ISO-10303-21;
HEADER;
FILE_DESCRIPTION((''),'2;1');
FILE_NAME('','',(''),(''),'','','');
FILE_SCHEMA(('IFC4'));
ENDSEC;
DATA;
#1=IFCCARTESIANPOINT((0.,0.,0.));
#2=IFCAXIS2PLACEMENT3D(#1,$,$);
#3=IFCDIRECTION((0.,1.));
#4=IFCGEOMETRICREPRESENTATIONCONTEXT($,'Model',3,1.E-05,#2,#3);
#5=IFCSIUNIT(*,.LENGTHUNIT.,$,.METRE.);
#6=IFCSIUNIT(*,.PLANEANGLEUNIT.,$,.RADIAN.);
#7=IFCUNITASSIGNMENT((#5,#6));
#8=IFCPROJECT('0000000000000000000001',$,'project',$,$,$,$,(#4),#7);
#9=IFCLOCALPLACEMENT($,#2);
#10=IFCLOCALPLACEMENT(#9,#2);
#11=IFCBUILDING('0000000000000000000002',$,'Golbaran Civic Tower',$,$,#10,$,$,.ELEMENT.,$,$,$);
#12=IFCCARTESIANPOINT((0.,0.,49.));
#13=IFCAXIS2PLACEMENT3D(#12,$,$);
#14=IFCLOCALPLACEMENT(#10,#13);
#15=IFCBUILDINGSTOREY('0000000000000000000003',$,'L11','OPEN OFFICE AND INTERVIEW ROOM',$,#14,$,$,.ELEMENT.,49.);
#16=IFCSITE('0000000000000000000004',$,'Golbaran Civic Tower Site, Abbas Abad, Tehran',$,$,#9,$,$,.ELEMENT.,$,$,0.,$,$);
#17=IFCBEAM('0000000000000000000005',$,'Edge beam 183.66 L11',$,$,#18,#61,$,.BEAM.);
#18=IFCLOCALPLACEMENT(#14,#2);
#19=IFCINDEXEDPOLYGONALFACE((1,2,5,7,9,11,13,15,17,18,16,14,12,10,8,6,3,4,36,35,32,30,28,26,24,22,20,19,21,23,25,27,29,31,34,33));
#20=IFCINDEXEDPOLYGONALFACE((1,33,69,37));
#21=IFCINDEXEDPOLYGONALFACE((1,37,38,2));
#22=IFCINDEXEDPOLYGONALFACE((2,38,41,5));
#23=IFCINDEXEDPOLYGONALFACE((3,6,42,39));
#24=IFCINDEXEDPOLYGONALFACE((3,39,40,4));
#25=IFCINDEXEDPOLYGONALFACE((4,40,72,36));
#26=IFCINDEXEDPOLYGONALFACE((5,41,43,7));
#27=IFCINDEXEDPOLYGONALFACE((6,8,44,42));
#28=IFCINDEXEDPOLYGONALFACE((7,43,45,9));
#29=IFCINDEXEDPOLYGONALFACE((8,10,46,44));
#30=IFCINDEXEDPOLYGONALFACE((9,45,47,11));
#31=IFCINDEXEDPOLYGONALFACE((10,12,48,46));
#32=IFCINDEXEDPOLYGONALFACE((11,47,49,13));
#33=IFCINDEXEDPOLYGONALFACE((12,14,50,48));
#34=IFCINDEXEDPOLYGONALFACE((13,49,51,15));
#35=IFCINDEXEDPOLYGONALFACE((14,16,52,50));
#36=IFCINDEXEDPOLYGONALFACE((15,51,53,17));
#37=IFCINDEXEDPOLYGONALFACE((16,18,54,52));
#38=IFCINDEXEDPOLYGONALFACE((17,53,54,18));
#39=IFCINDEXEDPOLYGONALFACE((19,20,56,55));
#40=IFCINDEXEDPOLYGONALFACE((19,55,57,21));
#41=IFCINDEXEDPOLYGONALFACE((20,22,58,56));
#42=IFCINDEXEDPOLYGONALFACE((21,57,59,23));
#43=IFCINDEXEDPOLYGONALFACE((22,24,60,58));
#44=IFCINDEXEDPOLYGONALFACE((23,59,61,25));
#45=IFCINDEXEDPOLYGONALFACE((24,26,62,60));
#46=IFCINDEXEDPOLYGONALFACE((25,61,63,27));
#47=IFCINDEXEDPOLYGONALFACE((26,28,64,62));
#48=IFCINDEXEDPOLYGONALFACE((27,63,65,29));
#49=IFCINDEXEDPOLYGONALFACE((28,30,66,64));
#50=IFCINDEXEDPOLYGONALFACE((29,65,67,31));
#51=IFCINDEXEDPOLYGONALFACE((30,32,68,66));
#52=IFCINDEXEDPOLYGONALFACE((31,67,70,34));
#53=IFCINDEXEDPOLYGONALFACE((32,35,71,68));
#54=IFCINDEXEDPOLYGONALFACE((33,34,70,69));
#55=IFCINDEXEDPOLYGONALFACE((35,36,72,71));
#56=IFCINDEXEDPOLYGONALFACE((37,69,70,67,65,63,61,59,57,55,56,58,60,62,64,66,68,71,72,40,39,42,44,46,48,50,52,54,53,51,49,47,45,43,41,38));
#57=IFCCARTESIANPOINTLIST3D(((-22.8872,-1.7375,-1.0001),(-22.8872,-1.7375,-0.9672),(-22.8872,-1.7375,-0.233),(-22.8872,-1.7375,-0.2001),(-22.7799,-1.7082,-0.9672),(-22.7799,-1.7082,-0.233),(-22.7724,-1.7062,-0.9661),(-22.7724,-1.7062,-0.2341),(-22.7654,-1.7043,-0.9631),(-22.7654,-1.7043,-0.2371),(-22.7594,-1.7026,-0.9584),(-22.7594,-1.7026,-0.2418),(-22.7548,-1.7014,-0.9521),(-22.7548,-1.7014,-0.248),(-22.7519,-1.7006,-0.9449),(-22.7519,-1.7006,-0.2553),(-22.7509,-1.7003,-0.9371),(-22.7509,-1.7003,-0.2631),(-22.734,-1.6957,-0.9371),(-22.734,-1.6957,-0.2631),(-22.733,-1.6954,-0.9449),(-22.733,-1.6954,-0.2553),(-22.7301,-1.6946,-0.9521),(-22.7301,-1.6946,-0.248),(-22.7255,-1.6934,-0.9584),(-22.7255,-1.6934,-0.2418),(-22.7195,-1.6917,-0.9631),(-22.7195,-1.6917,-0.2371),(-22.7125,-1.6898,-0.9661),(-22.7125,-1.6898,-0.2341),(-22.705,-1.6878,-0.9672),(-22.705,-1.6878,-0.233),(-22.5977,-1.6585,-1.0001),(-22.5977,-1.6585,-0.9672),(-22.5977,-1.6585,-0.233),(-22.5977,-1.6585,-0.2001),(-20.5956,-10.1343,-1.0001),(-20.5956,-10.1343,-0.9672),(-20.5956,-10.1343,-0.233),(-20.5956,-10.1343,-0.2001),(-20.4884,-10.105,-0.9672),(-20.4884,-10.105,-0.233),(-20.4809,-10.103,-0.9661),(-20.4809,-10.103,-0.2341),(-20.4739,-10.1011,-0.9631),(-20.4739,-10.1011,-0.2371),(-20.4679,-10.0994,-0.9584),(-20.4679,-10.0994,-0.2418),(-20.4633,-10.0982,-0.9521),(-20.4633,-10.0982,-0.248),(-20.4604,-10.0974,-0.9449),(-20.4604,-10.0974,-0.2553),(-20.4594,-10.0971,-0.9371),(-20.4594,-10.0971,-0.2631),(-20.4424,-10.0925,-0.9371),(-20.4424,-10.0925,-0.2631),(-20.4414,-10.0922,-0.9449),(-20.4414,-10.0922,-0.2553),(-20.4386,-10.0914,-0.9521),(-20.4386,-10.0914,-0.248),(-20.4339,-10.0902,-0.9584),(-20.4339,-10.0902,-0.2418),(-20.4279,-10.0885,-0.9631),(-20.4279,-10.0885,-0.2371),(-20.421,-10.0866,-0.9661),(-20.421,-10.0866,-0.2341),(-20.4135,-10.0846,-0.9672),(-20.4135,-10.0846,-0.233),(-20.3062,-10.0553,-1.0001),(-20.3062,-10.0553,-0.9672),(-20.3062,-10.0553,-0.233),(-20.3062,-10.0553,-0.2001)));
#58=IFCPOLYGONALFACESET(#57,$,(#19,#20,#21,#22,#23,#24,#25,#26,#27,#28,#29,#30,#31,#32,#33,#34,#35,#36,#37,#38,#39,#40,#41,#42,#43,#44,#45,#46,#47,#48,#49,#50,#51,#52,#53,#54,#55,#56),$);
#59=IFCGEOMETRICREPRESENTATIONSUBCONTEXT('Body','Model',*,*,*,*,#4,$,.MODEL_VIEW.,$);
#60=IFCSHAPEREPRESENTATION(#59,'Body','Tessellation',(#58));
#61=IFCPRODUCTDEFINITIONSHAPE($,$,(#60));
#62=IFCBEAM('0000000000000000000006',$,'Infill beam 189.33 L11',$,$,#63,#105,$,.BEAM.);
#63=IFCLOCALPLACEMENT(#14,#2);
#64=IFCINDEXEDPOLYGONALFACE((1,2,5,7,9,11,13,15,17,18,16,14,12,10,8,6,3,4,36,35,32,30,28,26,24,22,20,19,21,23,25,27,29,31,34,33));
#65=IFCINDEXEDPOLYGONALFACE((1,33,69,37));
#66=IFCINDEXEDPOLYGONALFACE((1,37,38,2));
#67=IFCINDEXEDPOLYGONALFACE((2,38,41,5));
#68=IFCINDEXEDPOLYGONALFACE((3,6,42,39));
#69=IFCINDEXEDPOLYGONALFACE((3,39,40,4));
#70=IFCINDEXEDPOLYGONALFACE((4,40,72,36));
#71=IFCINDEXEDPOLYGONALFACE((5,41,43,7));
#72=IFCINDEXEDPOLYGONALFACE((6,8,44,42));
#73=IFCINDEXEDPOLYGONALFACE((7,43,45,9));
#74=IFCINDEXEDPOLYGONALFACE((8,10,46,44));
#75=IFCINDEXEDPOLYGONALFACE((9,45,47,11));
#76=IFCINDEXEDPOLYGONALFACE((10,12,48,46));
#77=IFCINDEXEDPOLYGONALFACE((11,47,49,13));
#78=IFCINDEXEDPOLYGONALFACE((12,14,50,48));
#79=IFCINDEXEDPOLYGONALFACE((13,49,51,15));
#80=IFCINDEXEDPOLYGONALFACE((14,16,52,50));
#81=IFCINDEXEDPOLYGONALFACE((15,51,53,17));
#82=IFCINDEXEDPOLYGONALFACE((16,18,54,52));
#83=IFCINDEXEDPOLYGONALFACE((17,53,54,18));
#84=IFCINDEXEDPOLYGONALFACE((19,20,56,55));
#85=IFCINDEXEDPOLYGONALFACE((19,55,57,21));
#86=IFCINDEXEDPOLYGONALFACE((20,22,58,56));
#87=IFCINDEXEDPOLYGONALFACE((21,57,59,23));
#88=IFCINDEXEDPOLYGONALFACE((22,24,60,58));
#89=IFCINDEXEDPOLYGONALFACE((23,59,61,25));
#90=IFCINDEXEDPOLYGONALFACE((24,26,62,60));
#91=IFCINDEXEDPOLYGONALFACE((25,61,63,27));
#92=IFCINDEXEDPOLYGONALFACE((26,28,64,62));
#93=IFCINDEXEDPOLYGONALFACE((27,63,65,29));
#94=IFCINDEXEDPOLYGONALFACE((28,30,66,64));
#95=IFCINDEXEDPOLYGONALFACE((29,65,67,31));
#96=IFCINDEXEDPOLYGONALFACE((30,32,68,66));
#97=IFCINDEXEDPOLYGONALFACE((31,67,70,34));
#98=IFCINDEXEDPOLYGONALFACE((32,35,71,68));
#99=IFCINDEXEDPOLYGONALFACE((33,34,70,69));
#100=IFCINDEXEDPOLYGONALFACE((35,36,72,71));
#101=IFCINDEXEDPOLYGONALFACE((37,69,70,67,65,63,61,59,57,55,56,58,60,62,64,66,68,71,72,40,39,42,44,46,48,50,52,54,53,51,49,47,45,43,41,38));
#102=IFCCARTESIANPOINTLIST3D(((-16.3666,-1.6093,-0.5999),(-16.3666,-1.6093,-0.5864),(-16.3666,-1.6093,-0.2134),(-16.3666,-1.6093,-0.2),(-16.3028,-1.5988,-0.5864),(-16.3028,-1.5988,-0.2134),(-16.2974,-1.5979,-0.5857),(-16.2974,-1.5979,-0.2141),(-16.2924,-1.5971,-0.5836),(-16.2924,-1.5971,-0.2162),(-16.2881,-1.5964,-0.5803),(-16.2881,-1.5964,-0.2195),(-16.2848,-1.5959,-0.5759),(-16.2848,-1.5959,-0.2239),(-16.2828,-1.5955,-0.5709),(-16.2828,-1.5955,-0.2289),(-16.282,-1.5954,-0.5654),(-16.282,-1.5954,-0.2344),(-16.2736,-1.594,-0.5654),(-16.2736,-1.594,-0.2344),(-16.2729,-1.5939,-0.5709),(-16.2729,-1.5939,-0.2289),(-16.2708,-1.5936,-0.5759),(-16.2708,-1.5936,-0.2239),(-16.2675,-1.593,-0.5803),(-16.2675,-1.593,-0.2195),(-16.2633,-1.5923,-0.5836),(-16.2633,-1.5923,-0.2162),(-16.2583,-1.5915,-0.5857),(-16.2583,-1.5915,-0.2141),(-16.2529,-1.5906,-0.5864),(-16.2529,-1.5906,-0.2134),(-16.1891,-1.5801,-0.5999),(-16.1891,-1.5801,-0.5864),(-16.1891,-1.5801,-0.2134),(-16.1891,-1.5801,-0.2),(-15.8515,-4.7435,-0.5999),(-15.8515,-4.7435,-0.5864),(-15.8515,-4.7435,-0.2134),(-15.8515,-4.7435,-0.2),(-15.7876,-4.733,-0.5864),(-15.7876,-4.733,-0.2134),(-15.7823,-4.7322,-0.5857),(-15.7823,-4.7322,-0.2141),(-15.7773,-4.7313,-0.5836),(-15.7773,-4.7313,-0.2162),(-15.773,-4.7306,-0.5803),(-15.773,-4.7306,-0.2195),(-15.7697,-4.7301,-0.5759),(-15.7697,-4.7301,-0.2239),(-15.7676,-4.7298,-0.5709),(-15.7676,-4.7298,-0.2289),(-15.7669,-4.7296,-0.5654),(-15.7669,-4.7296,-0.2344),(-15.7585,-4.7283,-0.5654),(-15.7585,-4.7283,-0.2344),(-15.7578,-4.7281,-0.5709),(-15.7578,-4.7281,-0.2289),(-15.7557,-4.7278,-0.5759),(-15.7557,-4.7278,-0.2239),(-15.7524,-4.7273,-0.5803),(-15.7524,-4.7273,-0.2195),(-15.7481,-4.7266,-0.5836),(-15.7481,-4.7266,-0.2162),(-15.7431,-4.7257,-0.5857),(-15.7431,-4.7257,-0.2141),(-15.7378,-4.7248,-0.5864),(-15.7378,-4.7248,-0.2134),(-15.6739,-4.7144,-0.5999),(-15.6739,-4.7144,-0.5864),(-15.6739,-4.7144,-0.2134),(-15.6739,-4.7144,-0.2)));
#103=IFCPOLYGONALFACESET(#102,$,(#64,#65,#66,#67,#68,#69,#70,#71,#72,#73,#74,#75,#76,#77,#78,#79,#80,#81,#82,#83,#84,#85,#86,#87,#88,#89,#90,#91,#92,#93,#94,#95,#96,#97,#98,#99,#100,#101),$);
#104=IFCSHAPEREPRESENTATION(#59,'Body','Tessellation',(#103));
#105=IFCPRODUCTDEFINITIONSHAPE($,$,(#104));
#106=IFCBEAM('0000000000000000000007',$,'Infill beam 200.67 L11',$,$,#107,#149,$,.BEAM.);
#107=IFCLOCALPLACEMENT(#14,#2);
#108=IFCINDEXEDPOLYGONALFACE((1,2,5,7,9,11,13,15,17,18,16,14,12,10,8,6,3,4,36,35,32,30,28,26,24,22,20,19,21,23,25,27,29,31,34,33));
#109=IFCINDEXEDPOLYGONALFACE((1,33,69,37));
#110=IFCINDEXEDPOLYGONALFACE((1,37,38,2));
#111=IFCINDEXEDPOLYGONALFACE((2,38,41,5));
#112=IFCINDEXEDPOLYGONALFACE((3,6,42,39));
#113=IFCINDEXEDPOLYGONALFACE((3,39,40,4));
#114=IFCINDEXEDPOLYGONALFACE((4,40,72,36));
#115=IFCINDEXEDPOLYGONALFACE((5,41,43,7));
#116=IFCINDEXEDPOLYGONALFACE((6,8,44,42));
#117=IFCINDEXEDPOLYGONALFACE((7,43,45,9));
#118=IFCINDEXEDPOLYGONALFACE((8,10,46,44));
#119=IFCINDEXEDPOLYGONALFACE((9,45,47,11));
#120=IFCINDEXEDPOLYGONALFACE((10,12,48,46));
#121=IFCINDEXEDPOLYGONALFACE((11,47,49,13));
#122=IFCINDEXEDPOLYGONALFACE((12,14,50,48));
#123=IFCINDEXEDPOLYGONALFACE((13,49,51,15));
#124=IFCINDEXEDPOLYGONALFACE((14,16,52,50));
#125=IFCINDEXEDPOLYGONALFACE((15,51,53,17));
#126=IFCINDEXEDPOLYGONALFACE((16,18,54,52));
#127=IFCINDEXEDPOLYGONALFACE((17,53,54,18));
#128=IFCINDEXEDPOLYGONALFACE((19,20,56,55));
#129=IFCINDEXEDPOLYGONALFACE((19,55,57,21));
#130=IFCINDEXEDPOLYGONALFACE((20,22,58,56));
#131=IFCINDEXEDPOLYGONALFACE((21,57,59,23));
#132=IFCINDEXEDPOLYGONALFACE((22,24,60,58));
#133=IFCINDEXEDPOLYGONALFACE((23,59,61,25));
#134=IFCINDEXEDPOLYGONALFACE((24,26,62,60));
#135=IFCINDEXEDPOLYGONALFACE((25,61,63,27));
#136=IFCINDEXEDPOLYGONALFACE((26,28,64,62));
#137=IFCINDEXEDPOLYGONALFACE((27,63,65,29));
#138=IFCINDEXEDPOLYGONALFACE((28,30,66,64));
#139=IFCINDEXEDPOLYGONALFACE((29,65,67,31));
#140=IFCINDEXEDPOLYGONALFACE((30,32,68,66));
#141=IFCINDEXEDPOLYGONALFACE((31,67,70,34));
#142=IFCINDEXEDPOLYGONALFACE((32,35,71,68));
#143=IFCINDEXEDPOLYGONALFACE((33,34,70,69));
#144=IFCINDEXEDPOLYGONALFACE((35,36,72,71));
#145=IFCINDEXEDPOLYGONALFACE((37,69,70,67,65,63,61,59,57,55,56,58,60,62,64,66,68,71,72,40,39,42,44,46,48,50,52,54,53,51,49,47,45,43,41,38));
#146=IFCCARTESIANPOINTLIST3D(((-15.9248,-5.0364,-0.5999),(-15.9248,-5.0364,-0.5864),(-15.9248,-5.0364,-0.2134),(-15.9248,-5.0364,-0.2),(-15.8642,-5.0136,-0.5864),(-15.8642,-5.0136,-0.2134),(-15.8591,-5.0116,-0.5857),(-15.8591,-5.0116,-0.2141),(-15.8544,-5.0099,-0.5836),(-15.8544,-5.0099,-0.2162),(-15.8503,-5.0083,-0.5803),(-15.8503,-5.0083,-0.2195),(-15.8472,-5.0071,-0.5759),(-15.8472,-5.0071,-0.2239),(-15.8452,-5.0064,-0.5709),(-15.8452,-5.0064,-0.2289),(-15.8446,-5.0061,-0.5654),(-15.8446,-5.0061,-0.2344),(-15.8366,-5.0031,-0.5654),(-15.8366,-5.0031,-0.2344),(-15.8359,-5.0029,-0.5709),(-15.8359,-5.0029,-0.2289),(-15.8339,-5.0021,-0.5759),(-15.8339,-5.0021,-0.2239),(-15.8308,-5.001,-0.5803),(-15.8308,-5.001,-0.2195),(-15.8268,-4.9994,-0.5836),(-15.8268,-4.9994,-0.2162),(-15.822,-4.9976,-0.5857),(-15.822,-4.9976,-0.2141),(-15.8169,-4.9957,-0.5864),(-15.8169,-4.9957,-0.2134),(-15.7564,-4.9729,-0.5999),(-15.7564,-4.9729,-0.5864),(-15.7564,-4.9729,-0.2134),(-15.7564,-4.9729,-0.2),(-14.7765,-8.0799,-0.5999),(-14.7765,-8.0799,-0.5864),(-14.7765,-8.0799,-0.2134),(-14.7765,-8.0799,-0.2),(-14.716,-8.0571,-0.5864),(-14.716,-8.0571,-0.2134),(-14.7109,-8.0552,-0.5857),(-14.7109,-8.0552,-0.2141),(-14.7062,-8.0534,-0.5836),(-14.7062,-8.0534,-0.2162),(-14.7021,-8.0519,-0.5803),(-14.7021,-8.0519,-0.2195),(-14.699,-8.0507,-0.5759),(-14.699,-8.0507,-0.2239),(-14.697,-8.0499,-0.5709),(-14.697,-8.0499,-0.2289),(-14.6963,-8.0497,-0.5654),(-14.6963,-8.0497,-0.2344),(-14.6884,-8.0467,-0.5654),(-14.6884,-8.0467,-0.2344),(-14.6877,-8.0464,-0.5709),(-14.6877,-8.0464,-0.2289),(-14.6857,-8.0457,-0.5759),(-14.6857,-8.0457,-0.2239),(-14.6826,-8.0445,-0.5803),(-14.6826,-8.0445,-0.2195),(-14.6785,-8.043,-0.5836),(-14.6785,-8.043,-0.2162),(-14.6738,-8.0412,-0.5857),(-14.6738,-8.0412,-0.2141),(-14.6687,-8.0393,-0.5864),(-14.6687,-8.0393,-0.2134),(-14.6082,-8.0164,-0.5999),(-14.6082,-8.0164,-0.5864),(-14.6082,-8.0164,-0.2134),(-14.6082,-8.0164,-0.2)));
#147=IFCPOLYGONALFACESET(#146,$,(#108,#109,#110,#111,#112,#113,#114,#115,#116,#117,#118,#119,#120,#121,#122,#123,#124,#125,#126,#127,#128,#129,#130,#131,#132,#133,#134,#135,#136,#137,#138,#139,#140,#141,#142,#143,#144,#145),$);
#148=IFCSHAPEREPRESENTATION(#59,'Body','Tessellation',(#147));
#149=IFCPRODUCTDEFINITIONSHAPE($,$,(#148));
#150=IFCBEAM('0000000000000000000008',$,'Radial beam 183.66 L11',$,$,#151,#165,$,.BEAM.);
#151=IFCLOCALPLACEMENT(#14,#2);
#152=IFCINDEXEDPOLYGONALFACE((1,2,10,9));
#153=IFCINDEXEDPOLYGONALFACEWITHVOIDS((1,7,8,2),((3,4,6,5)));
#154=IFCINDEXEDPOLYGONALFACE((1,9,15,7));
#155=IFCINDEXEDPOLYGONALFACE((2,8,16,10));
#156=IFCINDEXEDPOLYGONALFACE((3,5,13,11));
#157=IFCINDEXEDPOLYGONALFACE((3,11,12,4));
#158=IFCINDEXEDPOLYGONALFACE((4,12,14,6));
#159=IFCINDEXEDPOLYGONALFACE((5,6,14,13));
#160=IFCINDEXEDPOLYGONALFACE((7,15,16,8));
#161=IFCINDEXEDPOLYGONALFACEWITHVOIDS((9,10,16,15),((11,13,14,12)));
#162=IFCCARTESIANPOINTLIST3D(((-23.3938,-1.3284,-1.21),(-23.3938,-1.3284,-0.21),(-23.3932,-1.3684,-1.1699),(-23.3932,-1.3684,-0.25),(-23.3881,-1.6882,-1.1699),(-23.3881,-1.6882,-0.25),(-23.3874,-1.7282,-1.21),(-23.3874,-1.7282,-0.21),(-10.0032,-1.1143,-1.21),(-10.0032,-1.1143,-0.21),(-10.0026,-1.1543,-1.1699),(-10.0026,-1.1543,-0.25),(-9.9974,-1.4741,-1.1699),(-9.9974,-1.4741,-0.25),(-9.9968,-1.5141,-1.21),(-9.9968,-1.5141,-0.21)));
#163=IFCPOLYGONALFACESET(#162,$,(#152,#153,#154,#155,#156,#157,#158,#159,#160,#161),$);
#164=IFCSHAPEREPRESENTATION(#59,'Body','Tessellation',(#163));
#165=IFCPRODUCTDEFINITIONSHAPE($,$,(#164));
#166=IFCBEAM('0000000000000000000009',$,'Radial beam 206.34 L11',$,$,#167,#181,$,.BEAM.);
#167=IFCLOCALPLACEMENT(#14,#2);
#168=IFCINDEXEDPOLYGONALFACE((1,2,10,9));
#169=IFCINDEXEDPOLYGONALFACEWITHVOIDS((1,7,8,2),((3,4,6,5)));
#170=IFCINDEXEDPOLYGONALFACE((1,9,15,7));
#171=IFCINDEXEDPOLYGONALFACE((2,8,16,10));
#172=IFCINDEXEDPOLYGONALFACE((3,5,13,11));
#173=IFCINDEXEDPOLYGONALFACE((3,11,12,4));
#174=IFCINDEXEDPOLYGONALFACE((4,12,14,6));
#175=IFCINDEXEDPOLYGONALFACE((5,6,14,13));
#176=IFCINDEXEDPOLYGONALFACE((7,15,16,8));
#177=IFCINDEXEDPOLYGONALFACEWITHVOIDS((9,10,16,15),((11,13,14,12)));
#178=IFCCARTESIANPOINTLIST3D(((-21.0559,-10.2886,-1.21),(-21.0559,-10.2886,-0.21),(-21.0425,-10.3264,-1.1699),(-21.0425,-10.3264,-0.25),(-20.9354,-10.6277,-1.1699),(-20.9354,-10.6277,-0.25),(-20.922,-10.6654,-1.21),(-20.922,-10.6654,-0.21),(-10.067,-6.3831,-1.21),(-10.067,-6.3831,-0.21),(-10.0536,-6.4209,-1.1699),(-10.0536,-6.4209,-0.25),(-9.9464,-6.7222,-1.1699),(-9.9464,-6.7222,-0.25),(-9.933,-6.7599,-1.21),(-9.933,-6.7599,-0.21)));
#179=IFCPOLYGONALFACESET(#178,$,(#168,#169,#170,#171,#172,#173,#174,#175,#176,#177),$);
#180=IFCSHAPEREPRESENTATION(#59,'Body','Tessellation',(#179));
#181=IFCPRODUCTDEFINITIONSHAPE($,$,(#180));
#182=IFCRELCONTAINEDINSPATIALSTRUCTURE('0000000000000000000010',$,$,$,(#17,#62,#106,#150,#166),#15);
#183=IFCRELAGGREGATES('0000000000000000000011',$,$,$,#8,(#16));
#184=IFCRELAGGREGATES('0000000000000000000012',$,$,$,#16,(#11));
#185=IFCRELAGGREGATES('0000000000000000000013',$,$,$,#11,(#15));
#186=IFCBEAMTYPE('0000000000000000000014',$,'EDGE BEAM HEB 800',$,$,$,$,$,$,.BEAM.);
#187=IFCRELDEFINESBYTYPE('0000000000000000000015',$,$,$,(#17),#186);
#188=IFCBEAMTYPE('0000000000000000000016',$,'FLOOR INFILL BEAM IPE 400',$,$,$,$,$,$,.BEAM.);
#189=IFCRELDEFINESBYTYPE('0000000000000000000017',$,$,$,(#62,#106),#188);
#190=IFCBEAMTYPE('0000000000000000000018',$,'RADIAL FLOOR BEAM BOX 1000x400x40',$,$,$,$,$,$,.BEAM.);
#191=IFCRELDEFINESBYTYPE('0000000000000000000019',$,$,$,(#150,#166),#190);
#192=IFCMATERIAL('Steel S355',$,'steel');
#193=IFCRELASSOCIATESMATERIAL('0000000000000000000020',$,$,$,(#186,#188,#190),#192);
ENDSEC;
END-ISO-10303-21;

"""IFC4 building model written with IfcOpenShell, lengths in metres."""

from ifc_helpers import new_model, si_unit, direction, frame, origin, origin_2d, place, context, subcontext, project, spatial, hollow_rectangle, i_section, extrude, material, material_profile, profile_set, type_object, element, save


model = new_model("IFC4")

# Units and contexts
model_context = context("Model", 3, precision=1e-05, world=origin(), true_north=direction((0.0, 1.0)))
body_context = subcontext(model_context, "Body", "Model", "MODEL_VIEW")
ifc_project = project(units=[si_unit("LENGTHUNIT", "METRE"), si_unit("PLANEANGLEUNIT", "RADIAN")], contexts=[model_context])

# Site, building, storey
site_placement = place(None, origin())
site = spatial("IfcSite", under=ifc_project, at=site_placement, Name="Golbaran Civic Tower Site, Abbas Abad, Tehran", CompositionType="ELEMENT", RefElevation=0.0)
building_placement = place(site_placement, origin())
building = spatial("IfcBuilding", under=site, at=building_placement, Name="Golbaran Civic Tower", CompositionType="ELEMENT")
storey_placement = place(building_placement, frame((0.0, 0.0, 49.0)))
storey = spatial("IfcBuildingStorey", under=building, at=storey_placement, Name="L11", Description="OPEN OFFICE AND INTERVIEW ROOM", CompositionType="ELEMENT", Elevation=49.0)

# Beams
ifc_material_1 = material(Name="Steel S355", Category="steel")
ifc_material_profile_1 = material_profile(ifc_material_1, i_section(OverallWidth=0.3, OverallDepth=0.8, WebThickness=0.0176, FlangeThickness=0.033, FilletRadius=0.03, at=origin_2d()), Name="HEB 800")
ifc_profile_set_1 = profile_set([ifc_material_profile_1], Name="Steel S355")
beam_type_1 = type_object("IfcBeamType", Name="EDGE BEAM HEB 800", PredefinedType="BEAM", material=ifc_profile_set_1)
beam_1_placement = place(storey_placement, frame((-22.7424, -1.698, -0.6001), z_axis=(0.263276, -0.96472, 0.0), x_axis=(0.96472, 0.263276, 0.0)))
element("IfcBeam", 1, at=beam_1_placement, inside=storey, type_object=beam_type_1, Name="Edge beam 183.66 L11", PredefinedType="BEAM", context=body_context, shape_type="SweptSolid", body=[
    extrude(i_section(OverallWidth=0.3, OverallDepth=0.8, WebThickness=0.0176, FlangeThickness=0.033, FilletRadius=0.03, at=origin_2d()), origin(), (0.0, 0.0, 1.0), 8.7039),
])
ifc_material_profile_2 = material_profile(ifc_material_1, i_section(OverallWidth=0.1799, OverallDepth=0.3999, WebThickness=0.0085, FlangeThickness=0.0134, FilletRadius=0.021, at=origin_2d()), Name="IPE 400")
ifc_profile_set_2 = profile_set([ifc_material_profile_2], Name="Steel S355")
beam_type_2 = type_object("IfcBeamType", Name="FLOOR INFILL BEAM IPE 400", PredefinedType="BEAM", material=ifc_profile_set_2)
beam_2_placement = place(storey_placement, frame((-16.2778, -1.5947, -0.3999), z_axis=(0.16218, -0.986761, 0.0), x_axis=(0.986761, 0.16218, 0.0)))
element("IfcBeam", 2, at=beam_2_placement, inside=storey, type_object=beam_type_2, Name="Infill beam 189.33 L11", PredefinedType="BEAM", context=body_context, shape_type="SweptSolid", body=[
    extrude(i_section(OverallWidth=0.1799, OverallDepth=0.3999, WebThickness=0.0085, FlangeThickness=0.0134, FilletRadius=0.021, at=origin_2d()), origin(), (0.0, 0.0, 1.0), 3.1763),
])
beam_3_placement = place(storey_placement, frame((-15.8406, -5.0046, -0.3999), z_axis=(0.352982, -0.93563, 0.0), x_axis=(0.93563, 0.352982, 0.0)))
element("IfcBeam", 3, at=beam_3_placement, inside=storey, type_object=beam_type_2, Name="Infill beam 200.67 L11", PredefinedType="BEAM", context=body_context, shape_type="SweptSolid", body=[
    extrude(i_section(OverallWidth=0.1799, OverallDepth=0.3999, WebThickness=0.0085, FlangeThickness=0.0134, FilletRadius=0.021, at=origin_2d()), origin(), (0.0, 0.0, 1.0), 3.2529),
])
ifc_material_profile_3 = material_profile(ifc_material_1, hollow_rectangle(XDim=0.3999, YDim=1.0, WallThickness=0.04, at=origin_2d()), Name="BOX 1000x400x40")
ifc_profile_set_3 = profile_set([ifc_material_profile_3], Name="Steel S355")
beam_type_3 = type_object("IfcBeamType", Name="RADIAL FLOOR BEAM BOX 1000x400x40", PredefinedType="BEAM", material=ifc_profile_set_3)
beam_4_placement = place(storey_placement, frame((-10.0, -1.3142, -0.71), z_axis=(-0.999872, -0.015988, 0.0), x_axis=(0.015988, -0.999872, 0.0)))
element("IfcBeam", 4, at=beam_4_placement, inside=storey, type_object=beam_type_3, Name="Radial beam 183.66 L11", PredefinedType="BEAM", context=body_context, shape_type="SweptSolid", body=[
    extrude(hollow_rectangle(XDim=0.3999, YDim=1.0, WallThickness=0.04, at=origin_2d()), origin(), (0.0, 0.0, 1.0), 13.3923),
])
beam_5_placement = place(storey_placement, frame((-10.0, -6.5715, -0.71), z_axis=(-0.94226, -0.334881, 0.0), x_axis=(0.334881, -0.94226, 0.0)))
element("IfcBeam", 5, at=beam_5_placement, inside=storey, type_object=beam_type_3, Name="Radial beam 206.34 L11", PredefinedType="BEAM", context=body_context, shape_type="SweptSolid", body=[
    extrude(hollow_rectangle(XDim=0.3999, YDim=1.0, WallThickness=0.04, at=origin_2d()), origin(), (0.0, 0.0, 1.0), 11.6624),
])

save(model, "model.ifc")
